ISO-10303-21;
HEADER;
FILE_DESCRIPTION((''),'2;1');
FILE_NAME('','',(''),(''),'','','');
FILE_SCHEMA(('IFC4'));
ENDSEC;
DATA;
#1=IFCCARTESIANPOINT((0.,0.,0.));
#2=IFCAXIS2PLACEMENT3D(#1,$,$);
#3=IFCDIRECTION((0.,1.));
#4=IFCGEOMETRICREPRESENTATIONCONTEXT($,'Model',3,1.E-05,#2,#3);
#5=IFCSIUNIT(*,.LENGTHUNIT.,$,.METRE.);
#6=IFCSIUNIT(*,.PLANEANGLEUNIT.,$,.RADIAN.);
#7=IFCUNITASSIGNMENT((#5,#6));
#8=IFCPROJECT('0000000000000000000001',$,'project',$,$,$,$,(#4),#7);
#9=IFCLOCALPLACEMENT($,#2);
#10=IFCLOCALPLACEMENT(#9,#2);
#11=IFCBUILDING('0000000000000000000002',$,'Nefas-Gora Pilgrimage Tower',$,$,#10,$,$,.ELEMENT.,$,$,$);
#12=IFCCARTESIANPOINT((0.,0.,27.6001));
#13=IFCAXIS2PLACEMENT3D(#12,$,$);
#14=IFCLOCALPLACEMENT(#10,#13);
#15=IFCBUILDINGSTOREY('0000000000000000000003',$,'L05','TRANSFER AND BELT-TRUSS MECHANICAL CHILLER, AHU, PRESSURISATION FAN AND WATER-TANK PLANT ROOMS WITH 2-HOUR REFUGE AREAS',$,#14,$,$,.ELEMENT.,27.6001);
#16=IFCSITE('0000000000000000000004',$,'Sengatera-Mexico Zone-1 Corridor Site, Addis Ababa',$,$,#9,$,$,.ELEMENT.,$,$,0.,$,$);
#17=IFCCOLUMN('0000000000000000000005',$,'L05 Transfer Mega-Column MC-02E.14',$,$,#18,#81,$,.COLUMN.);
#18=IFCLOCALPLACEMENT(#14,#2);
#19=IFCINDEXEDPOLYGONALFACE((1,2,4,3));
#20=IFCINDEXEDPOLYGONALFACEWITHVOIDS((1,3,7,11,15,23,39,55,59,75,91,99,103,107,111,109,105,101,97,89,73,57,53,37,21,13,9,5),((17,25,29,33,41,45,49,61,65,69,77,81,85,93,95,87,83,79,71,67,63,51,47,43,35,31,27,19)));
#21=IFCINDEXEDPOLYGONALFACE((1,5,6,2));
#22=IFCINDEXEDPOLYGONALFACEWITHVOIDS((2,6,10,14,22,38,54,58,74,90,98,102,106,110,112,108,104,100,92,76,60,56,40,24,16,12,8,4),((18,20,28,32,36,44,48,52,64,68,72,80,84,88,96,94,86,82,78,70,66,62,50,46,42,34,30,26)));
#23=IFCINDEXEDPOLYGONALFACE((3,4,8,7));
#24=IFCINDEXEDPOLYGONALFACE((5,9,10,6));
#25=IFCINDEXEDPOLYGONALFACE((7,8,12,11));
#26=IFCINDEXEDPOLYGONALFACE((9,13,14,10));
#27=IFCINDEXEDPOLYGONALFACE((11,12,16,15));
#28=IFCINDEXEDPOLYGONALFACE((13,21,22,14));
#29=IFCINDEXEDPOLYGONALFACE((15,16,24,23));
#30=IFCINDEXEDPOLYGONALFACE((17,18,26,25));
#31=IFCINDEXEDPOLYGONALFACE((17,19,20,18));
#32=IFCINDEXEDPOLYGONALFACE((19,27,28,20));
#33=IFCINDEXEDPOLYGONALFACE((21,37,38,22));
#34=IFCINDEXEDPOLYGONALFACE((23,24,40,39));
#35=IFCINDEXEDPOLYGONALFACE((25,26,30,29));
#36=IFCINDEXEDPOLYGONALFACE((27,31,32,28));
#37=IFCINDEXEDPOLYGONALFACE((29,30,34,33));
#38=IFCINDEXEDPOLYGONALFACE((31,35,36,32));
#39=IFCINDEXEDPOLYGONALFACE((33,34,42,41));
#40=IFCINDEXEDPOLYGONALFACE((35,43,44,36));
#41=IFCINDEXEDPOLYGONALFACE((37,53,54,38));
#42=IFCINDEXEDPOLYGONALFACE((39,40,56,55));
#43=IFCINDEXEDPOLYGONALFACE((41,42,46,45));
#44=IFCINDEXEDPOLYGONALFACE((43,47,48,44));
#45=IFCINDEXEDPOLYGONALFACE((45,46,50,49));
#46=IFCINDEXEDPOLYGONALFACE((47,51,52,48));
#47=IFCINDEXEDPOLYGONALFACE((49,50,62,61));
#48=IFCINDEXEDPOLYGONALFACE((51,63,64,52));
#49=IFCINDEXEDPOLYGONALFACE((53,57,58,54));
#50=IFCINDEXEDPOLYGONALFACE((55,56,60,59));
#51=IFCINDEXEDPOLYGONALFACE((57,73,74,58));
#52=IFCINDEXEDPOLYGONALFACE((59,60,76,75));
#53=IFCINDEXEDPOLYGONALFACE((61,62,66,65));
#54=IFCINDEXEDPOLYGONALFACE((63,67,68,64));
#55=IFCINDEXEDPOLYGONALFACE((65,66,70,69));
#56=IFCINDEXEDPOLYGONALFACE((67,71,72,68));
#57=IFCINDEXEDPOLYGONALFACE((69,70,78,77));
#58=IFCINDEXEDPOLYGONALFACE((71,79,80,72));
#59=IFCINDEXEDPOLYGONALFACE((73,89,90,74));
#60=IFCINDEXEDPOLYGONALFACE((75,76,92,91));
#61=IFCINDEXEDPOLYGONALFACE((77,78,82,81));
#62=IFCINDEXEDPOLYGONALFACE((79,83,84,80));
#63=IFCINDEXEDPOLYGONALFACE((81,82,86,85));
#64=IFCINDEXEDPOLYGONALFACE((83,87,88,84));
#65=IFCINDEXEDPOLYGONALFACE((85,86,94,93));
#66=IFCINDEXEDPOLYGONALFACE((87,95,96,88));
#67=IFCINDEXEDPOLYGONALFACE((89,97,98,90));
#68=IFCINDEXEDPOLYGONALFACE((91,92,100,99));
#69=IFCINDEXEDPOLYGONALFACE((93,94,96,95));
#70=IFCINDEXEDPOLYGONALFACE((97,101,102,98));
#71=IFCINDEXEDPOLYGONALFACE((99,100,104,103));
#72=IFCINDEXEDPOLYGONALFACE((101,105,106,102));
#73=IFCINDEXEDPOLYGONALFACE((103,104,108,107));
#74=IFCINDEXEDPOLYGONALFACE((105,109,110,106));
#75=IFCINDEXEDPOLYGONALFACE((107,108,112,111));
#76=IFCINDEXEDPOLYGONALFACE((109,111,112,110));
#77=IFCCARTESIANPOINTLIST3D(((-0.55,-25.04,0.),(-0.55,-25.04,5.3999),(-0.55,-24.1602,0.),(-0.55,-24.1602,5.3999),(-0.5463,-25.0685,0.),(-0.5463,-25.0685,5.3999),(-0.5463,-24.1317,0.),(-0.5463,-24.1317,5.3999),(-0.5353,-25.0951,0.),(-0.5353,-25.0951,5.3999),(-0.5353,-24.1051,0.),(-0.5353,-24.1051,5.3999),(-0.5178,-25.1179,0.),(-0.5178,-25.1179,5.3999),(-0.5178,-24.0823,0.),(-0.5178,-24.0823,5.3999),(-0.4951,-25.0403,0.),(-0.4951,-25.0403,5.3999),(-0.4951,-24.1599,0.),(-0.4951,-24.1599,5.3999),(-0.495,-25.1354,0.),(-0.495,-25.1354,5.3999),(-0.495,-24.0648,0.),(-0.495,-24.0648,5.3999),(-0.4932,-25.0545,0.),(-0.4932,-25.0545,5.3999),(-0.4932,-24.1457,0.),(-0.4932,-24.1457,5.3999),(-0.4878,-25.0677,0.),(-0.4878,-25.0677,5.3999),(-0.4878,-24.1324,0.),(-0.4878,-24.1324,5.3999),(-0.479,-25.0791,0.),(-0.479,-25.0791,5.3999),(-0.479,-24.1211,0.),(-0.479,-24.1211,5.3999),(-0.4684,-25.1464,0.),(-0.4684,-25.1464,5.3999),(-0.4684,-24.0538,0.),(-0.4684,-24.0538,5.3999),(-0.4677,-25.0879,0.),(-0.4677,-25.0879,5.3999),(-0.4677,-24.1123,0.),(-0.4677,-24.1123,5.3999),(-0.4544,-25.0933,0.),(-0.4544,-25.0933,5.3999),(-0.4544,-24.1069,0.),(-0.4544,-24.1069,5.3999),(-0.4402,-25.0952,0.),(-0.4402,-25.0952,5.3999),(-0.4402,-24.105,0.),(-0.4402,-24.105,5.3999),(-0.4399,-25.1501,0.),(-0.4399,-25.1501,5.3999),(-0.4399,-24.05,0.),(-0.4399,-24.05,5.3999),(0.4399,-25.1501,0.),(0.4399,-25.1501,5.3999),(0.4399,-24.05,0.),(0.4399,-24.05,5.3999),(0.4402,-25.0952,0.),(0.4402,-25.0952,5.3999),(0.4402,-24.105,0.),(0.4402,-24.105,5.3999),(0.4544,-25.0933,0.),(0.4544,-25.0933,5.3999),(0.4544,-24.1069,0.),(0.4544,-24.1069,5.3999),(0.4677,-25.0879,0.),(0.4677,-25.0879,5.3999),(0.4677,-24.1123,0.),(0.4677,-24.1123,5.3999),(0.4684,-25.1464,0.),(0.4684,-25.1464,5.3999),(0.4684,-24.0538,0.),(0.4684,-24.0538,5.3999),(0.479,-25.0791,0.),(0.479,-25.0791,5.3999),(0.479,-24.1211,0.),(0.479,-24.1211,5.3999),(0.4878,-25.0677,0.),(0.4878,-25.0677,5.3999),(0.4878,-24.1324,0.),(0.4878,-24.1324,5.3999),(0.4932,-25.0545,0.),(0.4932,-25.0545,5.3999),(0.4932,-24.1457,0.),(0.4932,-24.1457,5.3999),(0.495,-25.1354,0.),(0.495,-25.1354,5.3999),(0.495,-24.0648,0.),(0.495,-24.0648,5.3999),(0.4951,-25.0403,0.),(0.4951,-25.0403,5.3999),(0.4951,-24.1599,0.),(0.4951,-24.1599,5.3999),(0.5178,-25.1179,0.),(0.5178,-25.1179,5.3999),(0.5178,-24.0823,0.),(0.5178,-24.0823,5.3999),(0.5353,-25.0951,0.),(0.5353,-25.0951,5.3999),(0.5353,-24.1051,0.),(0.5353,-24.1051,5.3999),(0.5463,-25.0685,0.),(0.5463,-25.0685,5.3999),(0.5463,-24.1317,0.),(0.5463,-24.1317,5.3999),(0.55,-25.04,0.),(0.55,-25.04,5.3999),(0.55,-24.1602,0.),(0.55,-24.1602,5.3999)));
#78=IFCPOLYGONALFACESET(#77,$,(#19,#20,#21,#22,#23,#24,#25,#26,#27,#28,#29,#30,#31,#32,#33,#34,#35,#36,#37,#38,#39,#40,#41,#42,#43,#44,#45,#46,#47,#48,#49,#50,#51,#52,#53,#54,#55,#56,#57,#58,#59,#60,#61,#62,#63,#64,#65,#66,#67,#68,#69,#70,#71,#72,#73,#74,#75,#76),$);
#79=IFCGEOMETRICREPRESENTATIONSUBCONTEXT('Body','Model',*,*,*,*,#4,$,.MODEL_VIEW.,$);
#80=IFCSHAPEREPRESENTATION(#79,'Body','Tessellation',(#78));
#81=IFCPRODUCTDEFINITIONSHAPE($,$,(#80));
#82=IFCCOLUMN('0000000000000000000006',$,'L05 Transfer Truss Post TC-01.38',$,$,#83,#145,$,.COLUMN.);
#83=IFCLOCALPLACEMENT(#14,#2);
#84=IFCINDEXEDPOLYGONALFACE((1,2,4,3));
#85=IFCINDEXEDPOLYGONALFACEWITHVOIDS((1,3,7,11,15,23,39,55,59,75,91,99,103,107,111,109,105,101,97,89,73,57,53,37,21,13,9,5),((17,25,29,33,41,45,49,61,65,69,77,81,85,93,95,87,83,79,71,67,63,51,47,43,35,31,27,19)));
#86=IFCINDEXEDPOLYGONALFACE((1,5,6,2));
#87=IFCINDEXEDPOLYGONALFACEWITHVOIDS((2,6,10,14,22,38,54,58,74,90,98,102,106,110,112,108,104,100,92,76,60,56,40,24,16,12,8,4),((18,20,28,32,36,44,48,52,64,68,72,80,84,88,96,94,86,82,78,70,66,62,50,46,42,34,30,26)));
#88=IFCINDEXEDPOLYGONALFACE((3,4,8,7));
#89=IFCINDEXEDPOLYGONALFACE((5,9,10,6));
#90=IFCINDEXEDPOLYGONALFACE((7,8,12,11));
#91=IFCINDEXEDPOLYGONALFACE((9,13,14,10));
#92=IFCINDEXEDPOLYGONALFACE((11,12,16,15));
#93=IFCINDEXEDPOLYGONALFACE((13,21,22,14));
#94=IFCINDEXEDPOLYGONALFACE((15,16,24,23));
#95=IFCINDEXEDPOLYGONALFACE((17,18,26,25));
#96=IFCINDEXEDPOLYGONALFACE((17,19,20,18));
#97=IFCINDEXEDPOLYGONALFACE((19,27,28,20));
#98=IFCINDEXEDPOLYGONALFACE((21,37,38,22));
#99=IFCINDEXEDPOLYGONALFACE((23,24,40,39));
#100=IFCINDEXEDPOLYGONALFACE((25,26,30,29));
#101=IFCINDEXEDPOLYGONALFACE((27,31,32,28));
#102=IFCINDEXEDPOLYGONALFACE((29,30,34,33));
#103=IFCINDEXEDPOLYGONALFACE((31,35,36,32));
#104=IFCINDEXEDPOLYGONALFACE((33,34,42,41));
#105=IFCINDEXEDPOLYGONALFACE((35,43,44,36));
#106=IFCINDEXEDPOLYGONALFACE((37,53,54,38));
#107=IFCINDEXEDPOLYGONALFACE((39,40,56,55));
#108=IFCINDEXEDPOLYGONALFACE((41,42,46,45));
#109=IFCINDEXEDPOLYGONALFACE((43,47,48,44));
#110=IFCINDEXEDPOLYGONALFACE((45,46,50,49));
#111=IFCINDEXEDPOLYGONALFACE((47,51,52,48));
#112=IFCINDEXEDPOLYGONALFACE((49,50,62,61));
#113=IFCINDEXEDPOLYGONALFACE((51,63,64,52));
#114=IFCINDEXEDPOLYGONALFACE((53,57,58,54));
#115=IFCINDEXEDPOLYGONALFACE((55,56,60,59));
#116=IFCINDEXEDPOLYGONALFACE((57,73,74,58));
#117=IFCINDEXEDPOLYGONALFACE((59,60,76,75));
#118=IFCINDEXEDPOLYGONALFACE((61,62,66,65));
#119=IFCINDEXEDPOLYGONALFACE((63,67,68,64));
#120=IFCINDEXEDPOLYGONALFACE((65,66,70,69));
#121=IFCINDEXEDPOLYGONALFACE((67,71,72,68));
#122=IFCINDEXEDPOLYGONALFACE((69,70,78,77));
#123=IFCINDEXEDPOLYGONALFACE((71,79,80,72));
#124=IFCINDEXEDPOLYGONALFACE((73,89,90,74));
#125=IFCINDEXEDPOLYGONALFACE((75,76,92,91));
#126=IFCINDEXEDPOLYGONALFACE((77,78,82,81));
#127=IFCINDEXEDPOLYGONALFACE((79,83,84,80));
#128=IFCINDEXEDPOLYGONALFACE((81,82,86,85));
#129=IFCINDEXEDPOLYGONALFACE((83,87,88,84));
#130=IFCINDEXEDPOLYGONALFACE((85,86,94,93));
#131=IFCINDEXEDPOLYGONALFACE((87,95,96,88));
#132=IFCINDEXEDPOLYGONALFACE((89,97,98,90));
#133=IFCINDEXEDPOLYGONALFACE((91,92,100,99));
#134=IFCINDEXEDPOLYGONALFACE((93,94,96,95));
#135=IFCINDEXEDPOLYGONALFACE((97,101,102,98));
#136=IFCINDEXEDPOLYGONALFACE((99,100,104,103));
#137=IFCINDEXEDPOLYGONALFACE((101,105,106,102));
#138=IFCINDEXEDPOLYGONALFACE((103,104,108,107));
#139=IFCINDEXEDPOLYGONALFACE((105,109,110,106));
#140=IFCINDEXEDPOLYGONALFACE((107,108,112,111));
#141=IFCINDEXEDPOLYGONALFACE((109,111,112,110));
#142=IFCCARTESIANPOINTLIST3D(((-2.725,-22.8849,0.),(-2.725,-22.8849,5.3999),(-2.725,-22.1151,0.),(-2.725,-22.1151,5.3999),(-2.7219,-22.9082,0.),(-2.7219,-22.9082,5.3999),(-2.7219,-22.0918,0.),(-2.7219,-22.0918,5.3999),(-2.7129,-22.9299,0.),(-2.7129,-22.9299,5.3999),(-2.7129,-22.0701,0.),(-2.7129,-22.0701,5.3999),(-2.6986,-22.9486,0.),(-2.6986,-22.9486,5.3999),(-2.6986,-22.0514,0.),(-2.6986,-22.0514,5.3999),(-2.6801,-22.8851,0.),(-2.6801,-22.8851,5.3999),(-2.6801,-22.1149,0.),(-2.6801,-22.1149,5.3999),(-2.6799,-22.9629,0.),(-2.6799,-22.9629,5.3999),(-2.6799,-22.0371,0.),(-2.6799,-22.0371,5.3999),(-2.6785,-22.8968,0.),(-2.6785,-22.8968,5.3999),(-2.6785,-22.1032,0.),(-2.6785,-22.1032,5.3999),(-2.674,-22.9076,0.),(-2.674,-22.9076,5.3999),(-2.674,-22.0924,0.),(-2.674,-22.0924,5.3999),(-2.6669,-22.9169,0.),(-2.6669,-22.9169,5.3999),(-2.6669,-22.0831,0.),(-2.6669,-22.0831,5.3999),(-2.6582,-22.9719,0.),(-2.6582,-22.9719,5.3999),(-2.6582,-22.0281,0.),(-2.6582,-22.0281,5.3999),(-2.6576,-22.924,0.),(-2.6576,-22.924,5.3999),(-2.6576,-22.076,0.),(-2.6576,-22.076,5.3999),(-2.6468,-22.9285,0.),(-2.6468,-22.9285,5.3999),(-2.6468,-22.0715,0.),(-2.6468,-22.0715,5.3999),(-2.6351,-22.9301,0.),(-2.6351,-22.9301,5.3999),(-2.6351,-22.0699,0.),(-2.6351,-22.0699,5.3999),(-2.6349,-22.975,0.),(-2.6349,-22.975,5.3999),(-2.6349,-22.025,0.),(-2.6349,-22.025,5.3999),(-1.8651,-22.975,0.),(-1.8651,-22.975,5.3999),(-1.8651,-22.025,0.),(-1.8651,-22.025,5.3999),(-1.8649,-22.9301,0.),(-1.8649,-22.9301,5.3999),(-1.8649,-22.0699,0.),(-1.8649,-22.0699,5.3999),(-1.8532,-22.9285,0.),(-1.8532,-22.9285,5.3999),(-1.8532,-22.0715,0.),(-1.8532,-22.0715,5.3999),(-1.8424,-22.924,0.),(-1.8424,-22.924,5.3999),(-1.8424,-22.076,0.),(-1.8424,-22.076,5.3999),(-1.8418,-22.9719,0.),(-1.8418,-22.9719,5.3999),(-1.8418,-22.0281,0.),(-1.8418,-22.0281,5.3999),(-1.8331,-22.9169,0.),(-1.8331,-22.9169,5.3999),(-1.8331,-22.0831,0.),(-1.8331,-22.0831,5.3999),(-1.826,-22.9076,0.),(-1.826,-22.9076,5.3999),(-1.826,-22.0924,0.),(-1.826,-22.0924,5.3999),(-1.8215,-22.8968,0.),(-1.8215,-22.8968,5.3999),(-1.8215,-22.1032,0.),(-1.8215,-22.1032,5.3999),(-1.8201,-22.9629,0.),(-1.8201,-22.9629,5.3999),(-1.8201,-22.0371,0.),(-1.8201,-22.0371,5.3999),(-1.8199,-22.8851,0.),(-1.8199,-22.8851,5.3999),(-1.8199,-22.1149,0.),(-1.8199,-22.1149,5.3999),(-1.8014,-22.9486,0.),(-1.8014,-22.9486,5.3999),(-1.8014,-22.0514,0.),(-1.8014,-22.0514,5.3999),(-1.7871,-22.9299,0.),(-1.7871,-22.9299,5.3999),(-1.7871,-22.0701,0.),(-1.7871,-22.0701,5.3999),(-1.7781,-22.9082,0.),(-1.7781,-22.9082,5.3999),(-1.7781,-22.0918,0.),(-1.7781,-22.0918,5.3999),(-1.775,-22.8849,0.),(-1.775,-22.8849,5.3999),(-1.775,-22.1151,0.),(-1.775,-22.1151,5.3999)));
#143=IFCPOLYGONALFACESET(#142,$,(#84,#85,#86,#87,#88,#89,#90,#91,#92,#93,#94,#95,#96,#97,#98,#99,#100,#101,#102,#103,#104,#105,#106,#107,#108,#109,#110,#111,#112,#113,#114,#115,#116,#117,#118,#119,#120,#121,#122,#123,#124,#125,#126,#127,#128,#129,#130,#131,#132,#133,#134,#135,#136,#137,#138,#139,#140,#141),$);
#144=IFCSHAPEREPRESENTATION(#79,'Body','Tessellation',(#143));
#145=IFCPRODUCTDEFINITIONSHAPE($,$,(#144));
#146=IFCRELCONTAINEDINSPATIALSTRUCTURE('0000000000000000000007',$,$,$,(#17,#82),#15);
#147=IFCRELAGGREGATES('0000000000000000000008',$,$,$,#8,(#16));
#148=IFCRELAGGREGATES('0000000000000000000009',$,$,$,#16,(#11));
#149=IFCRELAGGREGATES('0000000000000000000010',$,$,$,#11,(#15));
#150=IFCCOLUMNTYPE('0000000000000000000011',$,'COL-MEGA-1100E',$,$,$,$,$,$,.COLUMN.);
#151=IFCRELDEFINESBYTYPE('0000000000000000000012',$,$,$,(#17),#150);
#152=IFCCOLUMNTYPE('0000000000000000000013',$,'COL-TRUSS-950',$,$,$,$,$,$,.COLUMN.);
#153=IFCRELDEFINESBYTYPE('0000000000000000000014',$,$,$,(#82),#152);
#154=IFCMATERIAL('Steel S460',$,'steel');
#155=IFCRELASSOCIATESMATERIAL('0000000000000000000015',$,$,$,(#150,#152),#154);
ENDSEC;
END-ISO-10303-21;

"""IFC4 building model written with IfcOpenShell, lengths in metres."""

from ifc_helpers import new_model, si_unit, direction, frame, origin, origin_2d, place, context, subcontext, project, spatial, hollow_rectangle, extrude, source, transform, mapped, material, material_profile, profile_set, type_object, element, save


model = new_model("IFC4")

# Units and contexts
model_context = context("Model", 3, precision=1e-05, world=origin(), true_north=direction((0.0, 1.0)))
body_context = subcontext(model_context, "Body", "Model", "MODEL_VIEW")
ifc_project = project(units=[si_unit("LENGTHUNIT", "METRE"), si_unit("PLANEANGLEUNIT", "RADIAN")], contexts=[model_context])

# Site, building, storey
site_placement = place(None, origin())
site = spatial("IfcSite", under=ifc_project, at=site_placement, Name="Sengatera-Mexico Zone-1 Corridor Site, Addis Ababa", CompositionType="ELEMENT", RefElevation=0.0)
building_placement = place(site_placement, origin())
building = spatial("IfcBuilding", under=site, at=building_placement, Name="Nefas-Gora Pilgrimage Tower", CompositionType="ELEMENT")
storey_placement = place(building_placement, frame((0.0, 0.0, 27.6001)))
storey = spatial("IfcBuildingStorey", under=building, at=storey_placement, Name="L05", Description="TRANSFER AND BELT-TRUSS MECHANICAL CHILLER, AHU, PRESSURISATION FAN AND WATER-TANK PLANT ROOMS WITH 2-HOUR REFUGE AREAS", CompositionType="ELEMENT", Elevation=27.6001)

# Columns
ifc_material_1 = material(Name="Steel S460", Category="steel")
ifc_material_profile_1 = material_profile(ifc_material_1, hollow_rectangle(XDim=1.1001, YDim=1.1001, WallThickness=0.0549, InnerFilletRadius=0.0549, OuterFilletRadius=0.1101, at=origin_2d()), Name="BOX 1100x1100x55")
ifc_profile_set_1 = profile_set([ifc_material_profile_1], Name="Steel S460")
column_type_1 = type_object("IfcColumnType", Name="COL-MEGA-1100E", PredefinedType="COLUMN", material=ifc_profile_set_1)
shared_shape_1 = source(origin(), body_context, "Body", "SweptSolid", [
    extrude(hollow_rectangle(XDim=1.1001, YDim=1.1001, WallThickness=0.0549, InnerFilletRadius=0.0549, OuterFilletRadius=0.1101, at=origin_2d()), origin(), (0.0, 0.0, 1.0), 5.3999),
])
column_placement = place(storey_placement, frame((0.0, -24.6001, 0.0), z_axis=(0.0, 0.0, 1.0), x_axis=(1.0, 0.0, 0.0)))
element("IfcColumn", 1, at=column_placement, inside=storey, type_object=column_type_1, Name="L05 Transfer Mega-Column MC-02E.14", PredefinedType="COLUMN", context=body_context, shape_type="MappedRepresentation", body=[
    mapped(shared_shape_1, transform((0.0, 0.0, 0.0), x_axis=(1.0, 0.0, 0.0), y_axis=(0.0, 1.0, 0.0), z_axis=(0.0, 0.0, 1.0), scale=1.0)),
])
ifc_material_profile_2 = material_profile(ifc_material_1, hollow_rectangle(XDim=0.95, YDim=0.95, WallThickness=0.0449, InnerFilletRadius=0.0449, OuterFilletRadius=0.0901, at=origin_2d()), Name="BOX 950x950x45")
ifc_profile_set_2 = profile_set([ifc_material_profile_2], Name="Steel S460")
column_type_2 = type_object("IfcColumnType", Name="COL-TRUSS-950", PredefinedType="COLUMN", material=ifc_profile_set_2)
shared_shape_2 = source(origin(), body_context, "Body", "SweptSolid", [
    extrude(hollow_rectangle(XDim=0.95, YDim=0.95, WallThickness=0.0449, InnerFilletRadius=0.0449, OuterFilletRadius=0.0901, at=origin_2d()), origin(), (0.0, 0.0, 1.0), 5.3999),
])
for number, where, z_axis, x_axis, name in (
    (2, (-2.25, -22.5, 0.0), (0.0, 0.0, 1.0), (1.0, 0.0, 0.0), "L05 Transfer Truss Post TC-01.38"),
):
    element("IfcColumn", number, at=place(storey_placement, frame(where, z_axis=z_axis, x_axis=x_axis)), inside=storey, type_object=column_type_2, Name=name, PredefinedType="COLUMN", context=body_context, shape_type="MappedRepresentation", body=[
        mapped(shared_shape_2, transform((0.0, 0.0, 0.0), x_axis=(1.0, 0.0, 0.0), y_axis=(0.0, 1.0, 0.0), z_axis=(0.0, 0.0, 1.0), scale=1.0)),
    ])

save(model, "model.ifc")
